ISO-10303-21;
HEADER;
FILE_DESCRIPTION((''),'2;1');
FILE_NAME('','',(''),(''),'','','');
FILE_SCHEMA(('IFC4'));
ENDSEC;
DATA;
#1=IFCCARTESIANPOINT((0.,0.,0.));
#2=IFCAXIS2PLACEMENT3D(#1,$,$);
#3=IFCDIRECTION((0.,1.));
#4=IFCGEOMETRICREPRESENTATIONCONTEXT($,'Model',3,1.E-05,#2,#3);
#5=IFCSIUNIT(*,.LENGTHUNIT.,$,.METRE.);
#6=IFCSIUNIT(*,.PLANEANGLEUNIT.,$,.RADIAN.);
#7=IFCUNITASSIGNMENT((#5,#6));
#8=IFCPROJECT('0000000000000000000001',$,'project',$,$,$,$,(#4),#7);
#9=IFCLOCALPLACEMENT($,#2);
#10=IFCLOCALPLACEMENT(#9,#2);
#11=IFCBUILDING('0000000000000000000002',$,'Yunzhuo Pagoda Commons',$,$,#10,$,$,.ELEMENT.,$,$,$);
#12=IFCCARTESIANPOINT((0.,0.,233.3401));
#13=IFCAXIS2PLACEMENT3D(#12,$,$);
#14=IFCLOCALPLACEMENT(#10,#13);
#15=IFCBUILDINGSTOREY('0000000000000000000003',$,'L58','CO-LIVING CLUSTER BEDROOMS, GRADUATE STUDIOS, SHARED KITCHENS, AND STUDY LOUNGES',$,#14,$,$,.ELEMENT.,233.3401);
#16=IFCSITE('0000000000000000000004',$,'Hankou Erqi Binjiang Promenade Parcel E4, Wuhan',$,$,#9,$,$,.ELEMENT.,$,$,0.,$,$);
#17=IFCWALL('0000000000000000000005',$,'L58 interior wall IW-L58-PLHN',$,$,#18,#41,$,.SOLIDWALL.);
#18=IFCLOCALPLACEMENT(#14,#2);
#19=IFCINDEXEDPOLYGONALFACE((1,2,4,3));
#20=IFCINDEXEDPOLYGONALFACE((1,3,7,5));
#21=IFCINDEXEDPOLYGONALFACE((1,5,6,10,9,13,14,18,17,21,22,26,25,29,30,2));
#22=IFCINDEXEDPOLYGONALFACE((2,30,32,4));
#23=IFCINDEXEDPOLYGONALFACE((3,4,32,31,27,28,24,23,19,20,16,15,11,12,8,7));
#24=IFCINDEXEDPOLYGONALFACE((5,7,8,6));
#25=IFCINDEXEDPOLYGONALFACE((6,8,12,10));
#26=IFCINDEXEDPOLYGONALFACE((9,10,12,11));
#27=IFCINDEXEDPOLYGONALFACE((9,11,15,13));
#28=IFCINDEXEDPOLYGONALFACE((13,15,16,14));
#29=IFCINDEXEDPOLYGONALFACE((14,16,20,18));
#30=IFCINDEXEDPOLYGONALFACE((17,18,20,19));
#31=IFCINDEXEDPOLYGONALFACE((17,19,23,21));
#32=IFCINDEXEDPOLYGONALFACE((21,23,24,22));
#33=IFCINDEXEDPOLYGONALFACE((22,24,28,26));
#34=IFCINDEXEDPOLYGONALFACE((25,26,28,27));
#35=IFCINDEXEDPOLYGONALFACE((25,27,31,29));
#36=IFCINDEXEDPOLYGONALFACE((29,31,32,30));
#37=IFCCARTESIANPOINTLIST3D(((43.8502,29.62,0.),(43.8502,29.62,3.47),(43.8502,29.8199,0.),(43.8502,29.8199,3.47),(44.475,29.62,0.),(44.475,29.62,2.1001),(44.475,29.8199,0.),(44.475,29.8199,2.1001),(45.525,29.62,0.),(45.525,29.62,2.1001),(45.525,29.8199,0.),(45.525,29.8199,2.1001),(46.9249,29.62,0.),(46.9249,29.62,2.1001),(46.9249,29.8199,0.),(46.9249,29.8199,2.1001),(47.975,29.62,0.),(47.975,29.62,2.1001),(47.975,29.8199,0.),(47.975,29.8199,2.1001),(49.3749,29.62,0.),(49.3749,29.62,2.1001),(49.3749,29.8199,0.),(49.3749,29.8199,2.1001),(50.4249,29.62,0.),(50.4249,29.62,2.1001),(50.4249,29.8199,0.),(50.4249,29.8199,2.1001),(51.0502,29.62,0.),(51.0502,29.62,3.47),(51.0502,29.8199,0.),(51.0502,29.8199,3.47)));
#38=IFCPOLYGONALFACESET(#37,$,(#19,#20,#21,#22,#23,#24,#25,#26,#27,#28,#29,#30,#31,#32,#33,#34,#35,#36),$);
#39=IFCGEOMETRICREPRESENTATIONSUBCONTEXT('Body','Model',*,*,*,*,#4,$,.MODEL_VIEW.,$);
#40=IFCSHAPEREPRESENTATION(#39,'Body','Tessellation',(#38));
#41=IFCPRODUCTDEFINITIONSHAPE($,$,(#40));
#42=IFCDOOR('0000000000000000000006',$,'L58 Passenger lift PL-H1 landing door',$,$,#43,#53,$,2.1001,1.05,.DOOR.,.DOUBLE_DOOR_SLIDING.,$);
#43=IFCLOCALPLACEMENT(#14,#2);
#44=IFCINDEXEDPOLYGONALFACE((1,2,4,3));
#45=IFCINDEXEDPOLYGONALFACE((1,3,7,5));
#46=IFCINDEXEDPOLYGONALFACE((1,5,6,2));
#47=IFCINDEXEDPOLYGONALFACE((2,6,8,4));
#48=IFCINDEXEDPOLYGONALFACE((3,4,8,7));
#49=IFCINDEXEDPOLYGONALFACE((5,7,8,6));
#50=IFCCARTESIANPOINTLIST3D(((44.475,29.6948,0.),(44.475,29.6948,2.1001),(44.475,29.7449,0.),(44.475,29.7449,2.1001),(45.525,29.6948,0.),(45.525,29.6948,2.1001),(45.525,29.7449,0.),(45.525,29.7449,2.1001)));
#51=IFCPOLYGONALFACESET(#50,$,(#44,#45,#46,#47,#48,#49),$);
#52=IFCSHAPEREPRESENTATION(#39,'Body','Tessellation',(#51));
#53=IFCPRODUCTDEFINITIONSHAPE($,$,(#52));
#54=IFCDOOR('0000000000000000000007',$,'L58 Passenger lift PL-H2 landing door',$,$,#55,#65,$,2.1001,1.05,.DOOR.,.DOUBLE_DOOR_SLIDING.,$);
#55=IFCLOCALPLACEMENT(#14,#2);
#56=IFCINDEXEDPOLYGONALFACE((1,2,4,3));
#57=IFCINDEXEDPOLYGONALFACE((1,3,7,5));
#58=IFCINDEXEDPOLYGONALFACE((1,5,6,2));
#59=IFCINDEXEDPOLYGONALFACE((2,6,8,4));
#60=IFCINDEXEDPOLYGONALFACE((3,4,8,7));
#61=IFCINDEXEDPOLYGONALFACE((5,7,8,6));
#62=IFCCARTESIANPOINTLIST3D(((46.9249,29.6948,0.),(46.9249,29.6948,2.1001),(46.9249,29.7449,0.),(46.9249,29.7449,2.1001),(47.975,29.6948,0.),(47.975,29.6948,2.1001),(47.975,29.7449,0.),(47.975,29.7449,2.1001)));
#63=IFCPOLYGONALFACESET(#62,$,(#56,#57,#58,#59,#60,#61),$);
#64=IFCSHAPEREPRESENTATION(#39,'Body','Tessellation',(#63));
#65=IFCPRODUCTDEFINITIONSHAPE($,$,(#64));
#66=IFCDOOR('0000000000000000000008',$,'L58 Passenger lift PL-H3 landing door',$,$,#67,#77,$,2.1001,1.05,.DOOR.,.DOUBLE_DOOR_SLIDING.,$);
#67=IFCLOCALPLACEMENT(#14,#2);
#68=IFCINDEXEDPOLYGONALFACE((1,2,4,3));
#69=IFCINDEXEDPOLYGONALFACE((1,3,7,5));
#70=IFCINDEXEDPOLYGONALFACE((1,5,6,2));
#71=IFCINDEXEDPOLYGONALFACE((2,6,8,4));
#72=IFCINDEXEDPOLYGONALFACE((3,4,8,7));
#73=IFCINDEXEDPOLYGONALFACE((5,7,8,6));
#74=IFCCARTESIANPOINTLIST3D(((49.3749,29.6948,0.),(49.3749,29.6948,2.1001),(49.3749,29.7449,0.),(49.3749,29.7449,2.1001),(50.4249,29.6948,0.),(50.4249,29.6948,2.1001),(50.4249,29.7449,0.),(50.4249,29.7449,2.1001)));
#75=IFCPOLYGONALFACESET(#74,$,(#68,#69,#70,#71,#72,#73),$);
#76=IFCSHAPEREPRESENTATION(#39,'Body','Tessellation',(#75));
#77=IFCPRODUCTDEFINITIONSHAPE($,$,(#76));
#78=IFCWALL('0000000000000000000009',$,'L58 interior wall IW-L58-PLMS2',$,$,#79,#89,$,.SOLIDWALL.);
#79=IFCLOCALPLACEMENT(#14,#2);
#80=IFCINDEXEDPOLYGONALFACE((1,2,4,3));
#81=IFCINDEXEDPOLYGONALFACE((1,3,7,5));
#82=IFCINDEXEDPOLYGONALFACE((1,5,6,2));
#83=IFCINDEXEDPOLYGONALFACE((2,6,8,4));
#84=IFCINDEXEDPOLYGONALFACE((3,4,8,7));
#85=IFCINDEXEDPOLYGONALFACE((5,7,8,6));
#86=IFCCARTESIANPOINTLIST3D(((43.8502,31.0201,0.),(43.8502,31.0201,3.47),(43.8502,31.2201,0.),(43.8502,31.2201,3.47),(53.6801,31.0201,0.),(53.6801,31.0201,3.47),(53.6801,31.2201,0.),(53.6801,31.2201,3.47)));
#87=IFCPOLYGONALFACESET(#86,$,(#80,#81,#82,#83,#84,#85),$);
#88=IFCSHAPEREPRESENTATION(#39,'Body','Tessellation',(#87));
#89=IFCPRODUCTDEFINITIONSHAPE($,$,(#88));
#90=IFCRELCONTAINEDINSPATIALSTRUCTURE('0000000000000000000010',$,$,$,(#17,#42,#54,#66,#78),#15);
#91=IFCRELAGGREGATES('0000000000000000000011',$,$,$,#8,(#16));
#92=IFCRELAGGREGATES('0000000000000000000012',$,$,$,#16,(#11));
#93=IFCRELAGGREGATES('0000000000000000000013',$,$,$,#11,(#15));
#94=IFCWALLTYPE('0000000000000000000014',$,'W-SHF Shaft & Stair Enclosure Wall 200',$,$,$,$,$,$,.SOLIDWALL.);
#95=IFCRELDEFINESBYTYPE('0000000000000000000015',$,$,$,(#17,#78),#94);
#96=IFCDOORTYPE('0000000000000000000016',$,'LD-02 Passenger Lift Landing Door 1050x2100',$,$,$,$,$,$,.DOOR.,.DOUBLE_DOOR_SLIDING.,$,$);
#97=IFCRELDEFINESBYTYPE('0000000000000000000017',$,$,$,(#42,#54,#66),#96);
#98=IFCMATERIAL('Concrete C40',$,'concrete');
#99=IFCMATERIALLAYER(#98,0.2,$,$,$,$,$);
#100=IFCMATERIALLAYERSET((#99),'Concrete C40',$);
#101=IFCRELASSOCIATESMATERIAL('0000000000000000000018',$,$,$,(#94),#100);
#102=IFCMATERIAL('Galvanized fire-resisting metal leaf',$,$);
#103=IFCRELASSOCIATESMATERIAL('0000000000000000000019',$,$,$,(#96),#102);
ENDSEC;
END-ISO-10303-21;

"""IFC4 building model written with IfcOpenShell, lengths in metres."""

from ifc_helpers import new_model, si_unit, direction, frame, frame_2d, origin, origin_with_axes, place, context, subcontext, project, spatial, rectangle, extrude, source, transform, mapped, material, layer, layer_set, type_object, element, fill, save


model = new_model("IFC4")

# Units and contexts
model_context = context("Model", 3, precision=1e-05, world=origin(), true_north=direction((0.0, 1.0)))
body_context = subcontext(model_context, "Body", "Model", "MODEL_VIEW")
ifc_project = project(units=[si_unit("LENGTHUNIT", "METRE"), si_unit("PLANEANGLEUNIT", "RADIAN")], contexts=[model_context])

# Site, building, storey
site_placement = place(None, origin())
site = spatial("IfcSite", under=ifc_project, at=site_placement, Name="Hankou Erqi Binjiang Promenade Parcel E4, Wuhan", CompositionType="ELEMENT", RefElevation=0.0)
building_placement = place(site_placement, origin())
building = spatial("IfcBuilding", under=site, at=building_placement, Name="Yunzhuo Pagoda Commons", CompositionType="ELEMENT")
storey_placement = place(building_placement, frame((0.0, 0.0, 233.3401)))
storey = spatial("IfcBuildingStorey", under=building, at=storey_placement, Name="L58", Description="CO-LIVING CLUSTER BEDROOMS, GRADUATE STUDIOS, SHARED KITCHENS, AND STUDY LOUNGES", CompositionType="ELEMENT", Elevation=233.3401)

# Shared definitions
ifc_material_1 = material(Name="Galvanized fire-resisting metal leaf")

# Shared definitions
ifc_material_2 = material(Name="Concrete C40", Category="concrete")
ifc_layer_1 = layer(ifc_material_2, 0.2)
ifc_layer_set_1 = layer_set([ifc_layer_1], Name="Concrete C40")
wall_type_1 = type_object("IfcWallType", Name="W-SHF Shaft & Stair Enclosure Wall 200", PredefinedType="SOLIDWALL", material=ifc_layer_set_1)
door_type_1 = type_object("IfcDoorType", Name="LD-02 Passenger Lift Landing Door 1050x2100", OperationType="DOUBLE_DOOR_SLIDING", PredefinedType="DOOR", material=ifc_material_1)
shared_shape_1 = source(origin(), body_context, "Body", "SweptSolid", [
    extrude(rectangle(XDim=1.05, YDim=2.1001, at=frame_2d((0.5249, 1.05))), frame((0.0, 0.0249, 0.0), z_axis=(0.0, -1.0, 0.0), x_axis=(1.0, 0.0, 0.0)), (0.0, 0.0, 1.0), 0.05),
])

# Wall, openings, doors
wall_1_placement = place(storey_placement, frame((43.8501, 29.72, 0.0), z_axis=(0.0, 0.0, 1.0), x_axis=(1.0, 0.0, 0.0)))
wall_1 = element("IfcWall", 1, at=wall_1_placement, inside=storey, type_object=wall_type_1, Name="L58 interior wall IW-L58-PLHN", PredefinedType="SOLIDWALL", context=body_context, shape_type="SweptSolid", body=[
    extrude(rectangle(XDim=7.2, YDim=0.2, at=frame_2d((3.6001, 0.0))), origin(), (0.0, 0.0, 1.0), 3.47),
])
opening_1_placement = place(wall_1_placement, frame((0.625, 0.0, 0.0)))
opening_1 = element("IfcOpeningElement", 2, at=opening_1_placement, cuts=wall_1, PredefinedType="OPENING", context=body_context, shape_type="SweptSolid", body=[
    extrude(rectangle(XDim=1.05, YDim=2.1001, at=frame_2d((0.5249, 1.05))), frame((0.0, 0.1099, 0.0), z_axis=(0.0, -1.0, 0.0), x_axis=(1.0, 0.0, 0.0)), (0.0, 0.0, 1.0), 0.22),
])
opening_2_placement = place(wall_1_placement, frame((3.075, 0.0, 0.0)))
opening_2 = element("IfcOpeningElement", 3, at=opening_2_placement, cuts=wall_1, PredefinedType="OPENING", context=body_context, shape_type="SweptSolid", body=[
    extrude(rectangle(XDim=1.05, YDim=2.1001, at=frame_2d((0.5249, 1.05))), frame((0.0, 0.1099, 0.0), z_axis=(0.0, -1.0, 0.0), x_axis=(1.0, 0.0, 0.0)), (0.0, 0.0, 1.0), 0.22),
])
opening_3_placement = place(wall_1_placement, frame((5.5249, 0.0, 0.0)))
opening_3 = element("IfcOpeningElement", 4, at=opening_3_placement, cuts=wall_1, PredefinedType="OPENING", context=body_context, shape_type="SweptSolid", body=[
    extrude(rectangle(XDim=1.05, YDim=2.1001, at=frame_2d((0.5249, 1.05))), frame((0.0, 0.1099, 0.0), z_axis=(0.0, -1.0, 0.0), x_axis=(1.0, 0.0, 0.0)), (0.0, 0.0, 1.0), 0.22),
])
door_1_placement = place(opening_1_placement, origin_with_axes())
door_1 = element("IfcDoor", 5, at=door_1_placement, inside=storey, type_object=door_type_1, Name="L58 Passenger lift PL-H1 landing door", OperationType="DOUBLE_DOOR_SLIDING", OverallHeight=2.1001, OverallWidth=1.05, PredefinedType="DOOR", context=body_context, shape_type="MappedRepresentation", body=[
    mapped(shared_shape_1, transform((0.0, 0.0, 0.0), scale=1.0)),
])
fill(opening_1, door_1)
door_2_placement = place(opening_2_placement, origin_with_axes())
door_2 = element("IfcDoor", 6, at=door_2_placement, inside=storey, type_object=door_type_1, Name="L58 Passenger lift PL-H2 landing door", OperationType="DOUBLE_DOOR_SLIDING", OverallHeight=2.1001, OverallWidth=1.05, PredefinedType="DOOR", context=body_context, shape_type="MappedRepresentation", body=[
    mapped(shared_shape_1, transform((0.0, 0.0, 0.0), scale=1.0)),
])
fill(opening_2, door_2)
door_3_placement = place(opening_3_placement, origin_with_axes())
door_3 = element("IfcDoor", 7, at=door_3_placement, inside=storey, type_object=door_type_1, Name="L58 Passenger lift PL-H3 landing door", OperationType="DOUBLE_DOOR_SLIDING", OverallHeight=2.1001, OverallWidth=1.05, PredefinedType="DOOR", context=body_context, shape_type="MappedRepresentation", body=[
    mapped(shared_shape_1, transform((0.0, 0.0, 0.0), scale=1.0)),
])
fill(opening_3, door_3)

# Wall
wall_2_placement = place(storey_placement, frame((43.8501, 31.1201, 0.0), z_axis=(0.0, 0.0, 1.0), x_axis=(1.0, 0.0, 0.0)))
element("IfcWall", 8, at=wall_2_placement, inside=storey, type_object=wall_type_1, Name="L58 interior wall IW-L58-PLMS2", PredefinedType="SOLIDWALL", context=body_context, shape_type="SweptSolid", body=[
    extrude(rectangle(XDim=9.8298, YDim=0.2, at=frame_2d((4.915, 0.0))), origin(), (0.0, 0.0, 1.0), 3.47),
])

save(model, "model.ifc")
